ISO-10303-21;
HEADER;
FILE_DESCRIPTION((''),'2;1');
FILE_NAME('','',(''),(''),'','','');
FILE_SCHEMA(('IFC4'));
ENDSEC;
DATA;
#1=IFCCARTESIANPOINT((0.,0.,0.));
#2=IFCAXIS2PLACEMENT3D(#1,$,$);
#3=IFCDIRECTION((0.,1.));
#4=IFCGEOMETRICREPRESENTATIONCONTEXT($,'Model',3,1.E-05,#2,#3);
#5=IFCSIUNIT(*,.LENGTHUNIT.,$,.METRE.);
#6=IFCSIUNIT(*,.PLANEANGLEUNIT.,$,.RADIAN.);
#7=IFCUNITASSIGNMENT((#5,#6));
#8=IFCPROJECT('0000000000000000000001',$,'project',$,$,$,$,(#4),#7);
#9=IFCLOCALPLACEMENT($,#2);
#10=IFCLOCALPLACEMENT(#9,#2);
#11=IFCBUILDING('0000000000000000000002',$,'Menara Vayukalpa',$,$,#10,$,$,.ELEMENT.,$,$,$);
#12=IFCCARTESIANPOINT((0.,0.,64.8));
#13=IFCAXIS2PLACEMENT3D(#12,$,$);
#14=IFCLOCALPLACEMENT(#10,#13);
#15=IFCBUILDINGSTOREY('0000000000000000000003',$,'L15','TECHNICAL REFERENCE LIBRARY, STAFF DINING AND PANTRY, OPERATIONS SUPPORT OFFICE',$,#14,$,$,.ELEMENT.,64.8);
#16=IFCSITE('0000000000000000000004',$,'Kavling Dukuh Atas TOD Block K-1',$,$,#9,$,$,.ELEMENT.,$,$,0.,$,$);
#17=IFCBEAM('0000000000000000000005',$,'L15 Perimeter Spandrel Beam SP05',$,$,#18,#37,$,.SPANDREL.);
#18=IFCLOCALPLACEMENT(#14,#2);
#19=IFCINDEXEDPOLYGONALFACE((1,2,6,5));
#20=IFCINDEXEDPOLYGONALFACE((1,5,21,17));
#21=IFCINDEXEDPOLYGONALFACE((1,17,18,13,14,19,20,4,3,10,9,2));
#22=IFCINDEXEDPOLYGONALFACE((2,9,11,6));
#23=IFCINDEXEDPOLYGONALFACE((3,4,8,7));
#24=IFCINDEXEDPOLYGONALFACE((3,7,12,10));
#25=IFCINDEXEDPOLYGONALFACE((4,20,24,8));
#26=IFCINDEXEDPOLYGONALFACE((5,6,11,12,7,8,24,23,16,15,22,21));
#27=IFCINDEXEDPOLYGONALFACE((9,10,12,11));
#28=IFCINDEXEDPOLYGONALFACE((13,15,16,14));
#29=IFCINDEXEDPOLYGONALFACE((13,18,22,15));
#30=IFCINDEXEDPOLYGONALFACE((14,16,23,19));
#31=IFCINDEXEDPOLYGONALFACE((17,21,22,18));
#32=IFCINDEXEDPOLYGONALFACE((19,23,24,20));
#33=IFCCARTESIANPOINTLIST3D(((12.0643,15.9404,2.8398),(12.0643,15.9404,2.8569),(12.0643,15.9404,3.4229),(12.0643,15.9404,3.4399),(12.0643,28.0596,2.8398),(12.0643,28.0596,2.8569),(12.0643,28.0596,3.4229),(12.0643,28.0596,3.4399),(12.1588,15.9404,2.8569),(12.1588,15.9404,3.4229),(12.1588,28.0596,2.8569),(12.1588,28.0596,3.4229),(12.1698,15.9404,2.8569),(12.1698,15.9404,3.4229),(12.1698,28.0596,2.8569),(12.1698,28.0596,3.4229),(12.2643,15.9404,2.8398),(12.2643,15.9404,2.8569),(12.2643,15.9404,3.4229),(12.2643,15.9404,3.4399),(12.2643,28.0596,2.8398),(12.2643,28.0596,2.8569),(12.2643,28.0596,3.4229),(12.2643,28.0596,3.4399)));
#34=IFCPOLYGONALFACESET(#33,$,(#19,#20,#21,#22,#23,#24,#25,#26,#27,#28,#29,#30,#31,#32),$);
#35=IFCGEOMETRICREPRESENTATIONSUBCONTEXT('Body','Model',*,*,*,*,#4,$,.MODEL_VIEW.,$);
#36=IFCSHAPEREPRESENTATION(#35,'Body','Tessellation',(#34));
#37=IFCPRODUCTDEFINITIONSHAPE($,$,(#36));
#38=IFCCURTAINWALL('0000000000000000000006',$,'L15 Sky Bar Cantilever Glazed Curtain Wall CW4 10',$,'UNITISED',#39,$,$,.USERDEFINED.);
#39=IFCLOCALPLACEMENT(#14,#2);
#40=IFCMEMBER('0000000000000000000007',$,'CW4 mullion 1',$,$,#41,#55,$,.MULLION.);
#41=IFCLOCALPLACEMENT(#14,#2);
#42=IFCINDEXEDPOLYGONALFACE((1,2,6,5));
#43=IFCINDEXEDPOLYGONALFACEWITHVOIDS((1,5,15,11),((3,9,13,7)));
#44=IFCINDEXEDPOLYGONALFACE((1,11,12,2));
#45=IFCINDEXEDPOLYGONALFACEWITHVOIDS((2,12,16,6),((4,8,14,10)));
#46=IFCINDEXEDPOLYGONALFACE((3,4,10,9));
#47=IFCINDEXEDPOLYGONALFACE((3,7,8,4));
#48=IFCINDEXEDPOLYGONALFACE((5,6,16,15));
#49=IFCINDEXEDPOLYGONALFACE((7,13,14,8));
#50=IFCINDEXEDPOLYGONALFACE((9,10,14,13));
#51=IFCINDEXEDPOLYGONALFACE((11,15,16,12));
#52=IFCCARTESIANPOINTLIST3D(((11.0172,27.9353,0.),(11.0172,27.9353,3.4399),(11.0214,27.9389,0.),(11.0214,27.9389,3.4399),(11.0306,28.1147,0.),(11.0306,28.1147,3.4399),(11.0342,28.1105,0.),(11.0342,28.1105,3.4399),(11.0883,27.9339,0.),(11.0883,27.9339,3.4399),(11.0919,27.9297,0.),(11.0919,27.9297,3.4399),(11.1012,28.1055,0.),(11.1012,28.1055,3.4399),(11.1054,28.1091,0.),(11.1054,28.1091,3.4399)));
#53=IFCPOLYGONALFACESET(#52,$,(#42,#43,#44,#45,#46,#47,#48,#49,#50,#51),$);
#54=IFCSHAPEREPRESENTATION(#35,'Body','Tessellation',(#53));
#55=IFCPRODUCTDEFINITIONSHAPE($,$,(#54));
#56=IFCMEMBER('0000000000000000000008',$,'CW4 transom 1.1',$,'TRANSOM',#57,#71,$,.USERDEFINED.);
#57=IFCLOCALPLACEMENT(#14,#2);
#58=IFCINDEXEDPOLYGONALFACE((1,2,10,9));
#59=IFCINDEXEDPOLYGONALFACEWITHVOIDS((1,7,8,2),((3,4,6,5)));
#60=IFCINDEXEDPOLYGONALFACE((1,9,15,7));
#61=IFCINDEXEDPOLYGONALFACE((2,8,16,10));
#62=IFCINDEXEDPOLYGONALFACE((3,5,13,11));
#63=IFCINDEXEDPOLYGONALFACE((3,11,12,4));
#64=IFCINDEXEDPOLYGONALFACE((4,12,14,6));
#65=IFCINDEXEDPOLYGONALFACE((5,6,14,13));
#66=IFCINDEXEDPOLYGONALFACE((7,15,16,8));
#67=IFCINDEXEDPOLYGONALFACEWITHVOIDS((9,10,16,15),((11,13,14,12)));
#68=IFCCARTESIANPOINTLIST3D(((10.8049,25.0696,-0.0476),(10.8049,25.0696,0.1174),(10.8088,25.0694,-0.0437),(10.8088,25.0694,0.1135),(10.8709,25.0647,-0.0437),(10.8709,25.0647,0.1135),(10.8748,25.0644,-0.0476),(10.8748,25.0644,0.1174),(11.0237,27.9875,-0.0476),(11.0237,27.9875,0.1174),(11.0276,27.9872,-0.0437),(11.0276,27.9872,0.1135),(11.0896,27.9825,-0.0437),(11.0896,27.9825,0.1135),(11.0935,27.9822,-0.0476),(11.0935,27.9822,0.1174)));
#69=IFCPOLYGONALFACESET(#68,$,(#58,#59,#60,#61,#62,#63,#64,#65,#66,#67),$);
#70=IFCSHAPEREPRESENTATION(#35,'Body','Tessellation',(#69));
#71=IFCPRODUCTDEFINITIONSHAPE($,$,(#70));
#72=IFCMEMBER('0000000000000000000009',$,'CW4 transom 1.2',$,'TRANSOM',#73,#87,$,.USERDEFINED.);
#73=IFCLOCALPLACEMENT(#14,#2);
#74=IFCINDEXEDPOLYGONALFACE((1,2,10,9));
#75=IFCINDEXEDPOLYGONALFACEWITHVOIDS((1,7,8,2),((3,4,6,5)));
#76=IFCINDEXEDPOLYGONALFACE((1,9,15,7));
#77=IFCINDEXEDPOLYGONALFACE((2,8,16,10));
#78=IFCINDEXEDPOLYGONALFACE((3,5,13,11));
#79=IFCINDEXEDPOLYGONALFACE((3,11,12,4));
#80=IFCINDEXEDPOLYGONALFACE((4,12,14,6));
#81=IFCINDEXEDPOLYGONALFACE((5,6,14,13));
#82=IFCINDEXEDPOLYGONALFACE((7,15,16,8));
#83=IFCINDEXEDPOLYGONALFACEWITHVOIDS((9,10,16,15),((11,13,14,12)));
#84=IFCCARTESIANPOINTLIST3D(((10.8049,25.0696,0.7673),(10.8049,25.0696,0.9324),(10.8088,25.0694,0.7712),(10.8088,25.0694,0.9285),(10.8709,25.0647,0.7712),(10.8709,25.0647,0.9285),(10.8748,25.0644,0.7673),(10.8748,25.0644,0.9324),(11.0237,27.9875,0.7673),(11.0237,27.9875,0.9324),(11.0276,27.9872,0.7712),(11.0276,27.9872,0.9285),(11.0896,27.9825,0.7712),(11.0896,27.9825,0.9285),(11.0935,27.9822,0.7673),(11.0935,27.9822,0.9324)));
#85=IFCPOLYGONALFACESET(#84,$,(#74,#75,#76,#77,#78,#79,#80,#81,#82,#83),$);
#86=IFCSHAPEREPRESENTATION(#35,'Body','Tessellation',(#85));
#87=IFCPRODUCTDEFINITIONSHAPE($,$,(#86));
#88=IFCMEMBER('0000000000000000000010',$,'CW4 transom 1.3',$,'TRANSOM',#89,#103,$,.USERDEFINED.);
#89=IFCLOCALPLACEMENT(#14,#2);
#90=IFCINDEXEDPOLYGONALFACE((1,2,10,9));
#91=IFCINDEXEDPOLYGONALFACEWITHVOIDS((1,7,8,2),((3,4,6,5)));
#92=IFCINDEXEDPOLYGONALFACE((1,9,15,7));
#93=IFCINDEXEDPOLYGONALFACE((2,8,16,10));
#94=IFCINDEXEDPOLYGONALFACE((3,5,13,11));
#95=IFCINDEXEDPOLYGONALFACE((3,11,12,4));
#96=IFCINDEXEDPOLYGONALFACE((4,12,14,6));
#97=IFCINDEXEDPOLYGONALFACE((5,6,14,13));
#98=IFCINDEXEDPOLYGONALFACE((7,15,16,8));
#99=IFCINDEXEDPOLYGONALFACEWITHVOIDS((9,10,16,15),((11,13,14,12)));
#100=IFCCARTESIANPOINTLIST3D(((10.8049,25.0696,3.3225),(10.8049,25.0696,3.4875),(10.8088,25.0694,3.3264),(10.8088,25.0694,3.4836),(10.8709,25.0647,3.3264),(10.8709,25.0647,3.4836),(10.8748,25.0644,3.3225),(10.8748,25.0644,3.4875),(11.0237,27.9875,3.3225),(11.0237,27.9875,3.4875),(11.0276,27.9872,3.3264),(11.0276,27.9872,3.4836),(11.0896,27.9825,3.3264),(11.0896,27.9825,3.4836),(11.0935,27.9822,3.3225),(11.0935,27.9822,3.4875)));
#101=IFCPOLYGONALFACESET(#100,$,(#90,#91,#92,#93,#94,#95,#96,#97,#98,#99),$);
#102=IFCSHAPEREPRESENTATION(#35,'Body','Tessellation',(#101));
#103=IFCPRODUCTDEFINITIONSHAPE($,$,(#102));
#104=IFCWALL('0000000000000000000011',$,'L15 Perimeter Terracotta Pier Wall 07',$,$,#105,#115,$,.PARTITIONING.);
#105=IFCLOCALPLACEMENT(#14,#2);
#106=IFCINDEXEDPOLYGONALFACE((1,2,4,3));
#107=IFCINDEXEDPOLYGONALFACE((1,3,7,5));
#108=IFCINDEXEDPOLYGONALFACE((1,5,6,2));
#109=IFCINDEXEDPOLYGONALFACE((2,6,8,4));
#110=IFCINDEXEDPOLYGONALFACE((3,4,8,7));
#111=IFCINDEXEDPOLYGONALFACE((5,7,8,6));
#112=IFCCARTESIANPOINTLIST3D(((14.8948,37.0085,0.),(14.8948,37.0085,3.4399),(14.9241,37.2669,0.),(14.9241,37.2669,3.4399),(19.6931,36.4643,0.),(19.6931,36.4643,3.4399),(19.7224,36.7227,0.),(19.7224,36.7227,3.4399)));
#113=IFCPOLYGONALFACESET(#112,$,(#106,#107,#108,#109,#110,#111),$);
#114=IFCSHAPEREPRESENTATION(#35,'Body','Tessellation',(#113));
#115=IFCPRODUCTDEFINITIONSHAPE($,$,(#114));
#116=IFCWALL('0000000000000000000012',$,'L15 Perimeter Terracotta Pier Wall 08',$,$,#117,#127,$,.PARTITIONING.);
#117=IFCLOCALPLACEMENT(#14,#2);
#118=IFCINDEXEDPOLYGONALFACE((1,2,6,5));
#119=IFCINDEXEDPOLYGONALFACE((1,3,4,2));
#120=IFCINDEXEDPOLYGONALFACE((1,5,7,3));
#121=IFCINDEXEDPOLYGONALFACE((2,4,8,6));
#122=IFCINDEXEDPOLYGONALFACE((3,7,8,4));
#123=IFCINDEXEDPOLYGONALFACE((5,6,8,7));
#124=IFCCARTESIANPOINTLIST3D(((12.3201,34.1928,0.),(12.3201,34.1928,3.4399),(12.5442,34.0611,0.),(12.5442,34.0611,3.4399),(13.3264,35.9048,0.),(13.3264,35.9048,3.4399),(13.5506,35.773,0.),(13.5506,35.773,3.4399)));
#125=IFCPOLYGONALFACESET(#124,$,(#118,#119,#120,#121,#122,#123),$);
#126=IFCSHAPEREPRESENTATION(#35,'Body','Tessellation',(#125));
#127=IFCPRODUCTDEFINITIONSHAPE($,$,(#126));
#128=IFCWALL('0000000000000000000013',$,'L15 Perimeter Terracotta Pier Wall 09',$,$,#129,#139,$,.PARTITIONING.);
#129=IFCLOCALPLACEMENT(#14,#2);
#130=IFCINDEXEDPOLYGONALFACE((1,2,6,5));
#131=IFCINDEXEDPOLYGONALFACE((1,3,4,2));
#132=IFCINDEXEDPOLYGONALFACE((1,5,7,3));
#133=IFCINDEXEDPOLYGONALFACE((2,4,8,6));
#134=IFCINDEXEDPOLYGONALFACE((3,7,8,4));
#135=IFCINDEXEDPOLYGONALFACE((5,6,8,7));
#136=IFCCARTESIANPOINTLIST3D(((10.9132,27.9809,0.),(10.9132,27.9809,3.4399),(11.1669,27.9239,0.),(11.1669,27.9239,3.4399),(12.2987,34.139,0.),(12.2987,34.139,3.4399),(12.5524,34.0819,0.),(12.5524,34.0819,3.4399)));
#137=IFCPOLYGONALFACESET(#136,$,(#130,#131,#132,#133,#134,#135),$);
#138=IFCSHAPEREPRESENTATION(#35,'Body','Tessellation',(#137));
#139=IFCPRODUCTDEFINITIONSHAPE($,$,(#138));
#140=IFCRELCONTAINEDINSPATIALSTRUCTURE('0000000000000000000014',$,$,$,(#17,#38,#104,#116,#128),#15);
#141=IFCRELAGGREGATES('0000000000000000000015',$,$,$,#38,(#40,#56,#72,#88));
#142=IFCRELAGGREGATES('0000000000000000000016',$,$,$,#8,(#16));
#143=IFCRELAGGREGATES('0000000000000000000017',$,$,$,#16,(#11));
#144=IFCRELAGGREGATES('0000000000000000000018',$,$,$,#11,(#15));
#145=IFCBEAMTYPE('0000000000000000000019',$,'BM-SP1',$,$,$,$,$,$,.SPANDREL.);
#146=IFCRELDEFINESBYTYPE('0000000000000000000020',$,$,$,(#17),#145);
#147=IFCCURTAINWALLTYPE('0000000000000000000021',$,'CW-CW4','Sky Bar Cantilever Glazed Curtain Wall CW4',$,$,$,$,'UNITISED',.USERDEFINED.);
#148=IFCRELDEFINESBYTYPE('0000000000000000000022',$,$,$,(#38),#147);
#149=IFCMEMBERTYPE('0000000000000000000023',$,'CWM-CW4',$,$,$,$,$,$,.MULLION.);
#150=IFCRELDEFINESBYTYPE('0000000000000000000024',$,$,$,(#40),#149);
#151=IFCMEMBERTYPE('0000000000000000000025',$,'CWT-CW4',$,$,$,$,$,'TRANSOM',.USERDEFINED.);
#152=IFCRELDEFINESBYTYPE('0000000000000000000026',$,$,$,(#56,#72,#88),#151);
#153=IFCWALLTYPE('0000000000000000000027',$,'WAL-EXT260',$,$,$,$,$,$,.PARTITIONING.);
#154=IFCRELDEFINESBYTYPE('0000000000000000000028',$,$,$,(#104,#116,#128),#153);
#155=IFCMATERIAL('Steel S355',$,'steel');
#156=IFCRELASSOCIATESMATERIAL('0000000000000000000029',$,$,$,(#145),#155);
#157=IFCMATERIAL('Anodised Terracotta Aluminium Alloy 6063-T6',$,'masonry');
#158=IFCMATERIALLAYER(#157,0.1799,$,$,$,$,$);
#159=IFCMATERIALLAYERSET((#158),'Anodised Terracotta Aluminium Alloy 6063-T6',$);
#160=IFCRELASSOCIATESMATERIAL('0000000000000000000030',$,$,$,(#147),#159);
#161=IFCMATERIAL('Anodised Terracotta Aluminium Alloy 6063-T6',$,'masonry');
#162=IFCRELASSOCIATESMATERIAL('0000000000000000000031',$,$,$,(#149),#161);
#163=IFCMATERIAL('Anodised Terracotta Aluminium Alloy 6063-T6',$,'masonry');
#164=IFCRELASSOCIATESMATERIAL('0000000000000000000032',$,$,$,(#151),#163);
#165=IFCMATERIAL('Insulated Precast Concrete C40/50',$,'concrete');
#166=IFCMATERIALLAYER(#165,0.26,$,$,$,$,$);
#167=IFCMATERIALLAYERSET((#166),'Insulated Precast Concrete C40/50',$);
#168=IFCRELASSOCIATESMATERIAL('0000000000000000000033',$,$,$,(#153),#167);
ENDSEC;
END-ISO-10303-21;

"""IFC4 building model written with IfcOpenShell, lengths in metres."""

from ifc_helpers import new_model, si_unit, direction, frame, frame_2d, origin, origin_2d, place, context, subcontext, project, spatial, rectangle, hollow_rectangle, i_section, extrude, material, layer, layer_set, material_profile, profile_set, type_object, element, aggregate, save


model = new_model("IFC4")

# Units and contexts
model_context = context("Model", 3, precision=1e-05, world=origin(), true_north=direction((0.0, 1.0)))
body_context = subcontext(model_context, "Body", "Model", "MODEL_VIEW")
ifc_project = project(units=[si_unit("LENGTHUNIT", "METRE"), si_unit("PLANEANGLEUNIT", "RADIAN")], contexts=[model_context])

# Site, building, storey
site_placement = place(None, origin())
site = spatial("IfcSite", under=ifc_project, at=site_placement, Name="Kavling Dukuh Atas TOD Block K-1", CompositionType="ELEMENT", RefElevation=0.0)
building_placement = place(site_placement, origin())
building = spatial("IfcBuilding", under=site, at=building_placement, Name="Menara Vayukalpa", CompositionType="ELEMENT")
storey_placement = place(building_placement, frame((0.0, 0.0, 64.8)))
storey = spatial("IfcBuildingStorey", under=building, at=storey_placement, Name="L15", Description="TECHNICAL REFERENCE LIBRARY, STAFF DINING AND PANTRY, OPERATIONS SUPPORT OFFICE", CompositionType="ELEMENT", Elevation=64.8)

# Beam
ifc_material_1 = material(Name="Steel S355", Category="steel")
ifc_material_profile_1 = material_profile(ifc_material_1, i_section(OverallWidth=0.2, OverallDepth=0.6001, WebThickness=0.011, FlangeThickness=0.0171, at=origin_2d()), Name="WF 600x200x11x17")
ifc_profile_set_1 = profile_set([ifc_material_profile_1], Name="Steel S355")
beam_type_1 = type_object("IfcBeamType", Name="BM-SP1", PredefinedType="SPANDREL", material=ifc_profile_set_1)
beam_1_placement = place(storey_placement, frame((12.1643, 28.0596, 3.1399), z_axis=(0.0, -1.0, 0.0), x_axis=(1.0, 0.0, 0.0)))
element("IfcBeam", 1, at=beam_1_placement, inside=storey, type_object=beam_type_1, Name="L15 Perimeter Spandrel Beam SP05", PredefinedType="SPANDREL", context=body_context, shape_type="SweptSolid", body=[
    extrude(i_section(OverallWidth=0.2, OverallDepth=0.6001, WebThickness=0.011, FlangeThickness=0.0171, at=origin_2d()), origin(), (0.0, 0.0, 1.0), 12.1191),
])

# Curtain wall, members
ifc_material_2 = material(Name="Anodised Terracotta Aluminium Alloy 6063-T6", Category="masonry")
ifc_layer_1 = layer(ifc_material_2, 0.1799)
ifc_layer_set_1 = layer_set([ifc_layer_1], Name="Anodised Terracotta Aluminium Alloy 6063-T6")
curtain_wall_type = type_object("IfcCurtainWallType", Name="CW-CW4", Description="Sky Bar Cantilever Glazed Curtain Wall CW4", ElementType="UNITISED", PredefinedType="USERDEFINED", material=ifc_layer_set_1)
curtain_wall_placement = place(storey_placement, origin())
curtain_wall = element("IfcCurtainWall", 2, at=curtain_wall_placement, inside=storey, type_object=curtain_wall_type, Name="L15 Sky Bar Cantilever Glazed Curtain Wall CW4 10", ObjectType="UNITISED", PredefinedType="USERDEFINED")
ifc_material_3 = material(Name="Anodised Terracotta Aluminium Alloy 6063-T6", Category="masonry")
ifc_material_profile_2 = material_profile(ifc_material_3, hollow_rectangle(XDim=0.075, YDim=0.1799, WallThickness=0.0039, at=origin_2d()), Name="ALU 75x180x4")
ifc_profile_set_2 = profile_set([ifc_material_profile_2], Name="Anodised Terracotta Aluminium Alloy 6063-T6")
member_type_1 = type_object("IfcMemberType", Name="CWM-CW4", PredefinedType="MULLION", material=ifc_profile_set_2)
member_1_placement = place(storey_placement, frame((11.0613, 28.0222, 0.0), z_axis=(0.0, 0.0, 1.0), x_axis=(0.997199, -0.074795, 0.0)))
member_1 = element("IfcMember", 3, at=member_1_placement, type_object=member_type_1, Name="CW4 mullion 1", PredefinedType="MULLION", context=body_context, shape_type="SweptSolid", body=[
    extrude(hollow_rectangle(XDim=0.075, YDim=0.1799, WallThickness=0.0039, at=origin_2d()), origin(), (0.0, 0.0, 1.0), 3.4399),
])
ifc_material_4 = material(Name="Anodised Terracotta Aluminium Alloy 6063-T6", Category="masonry")
ifc_material_profile_3 = material_profile(ifc_material_4, hollow_rectangle(XDim=0.0701, YDim=0.165, WallThickness=0.0039, at=origin_2d()), Name="ALU 70x165x4")
ifc_profile_set_3 = profile_set([ifc_material_profile_3], Name="Anodised Terracotta Aluminium Alloy 6063-T6")
member_type_2 = type_object("IfcMemberType", Name="CWT-CW4", ElementType="TRANSOM", PredefinedType="USERDEFINED", material=ifc_profile_set_3)
member_2_placement = place(storey_placement, frame((11.0586, 27.9849, 0.0349), z_axis=(-0.074763, -0.997201, 0.0), x_axis=(0.997201, -0.074763, 0.0)))
member_2 = element("IfcMember", 4, at=member_2_placement, type_object=member_type_2, Name="CW4 transom 1.1", ObjectType="TRANSOM", PredefinedType="USERDEFINED", context=body_context, shape_type="SweptSolid", body=[
    extrude(hollow_rectangle(XDim=0.0701, YDim=0.165, WallThickness=0.0039, at=origin_2d()), origin(), (0.0, 0.0, 1.0), 2.926),
])
member_3_placement = place(storey_placement, frame((11.0586, 27.9849, 0.8499), z_axis=(-0.074763, -0.997201, 0.0), x_axis=(0.997201, -0.074763, 0.0)))
member_3 = element("IfcMember", 5, at=member_3_placement, type_object=member_type_2, Name="CW4 transom 1.2", ObjectType="TRANSOM", PredefinedType="USERDEFINED", context=body_context, shape_type="SweptSolid", body=[
    extrude(hollow_rectangle(XDim=0.0701, YDim=0.165, WallThickness=0.0039, at=origin_2d()), origin(), (0.0, 0.0, 1.0), 2.926),
])
member_4_placement = place(storey_placement, frame((11.0586, 27.9849, 3.405), z_axis=(-0.074763, -0.997201, 0.0), x_axis=(0.997201, -0.074763, 0.0)))
member_4 = element("IfcMember", 6, at=member_4_placement, type_object=member_type_2, Name="CW4 transom 1.3", ObjectType="TRANSOM", PredefinedType="USERDEFINED", context=body_context, shape_type="SweptSolid", body=[
    extrude(hollow_rectangle(XDim=0.0701, YDim=0.165, WallThickness=0.0039, at=origin_2d()), origin(), (0.0, 0.0, 1.0), 2.926),
])
aggregate(curtain_wall, [member_1, member_2, member_3, member_4])

# Walls
ifc_material_5 = material(Name="Insulated Precast Concrete C40/50", Category="concrete")
ifc_layer_2 = layer(ifc_material_5, 0.26)
ifc_layer_set_2 = layer_set([ifc_layer_2], Name="Insulated Precast Concrete C40/50")
wall_type = type_object("IfcWallType", Name="WAL-EXT260", PredefinedType="PARTITIONING", material=ifc_layer_set_2)
wall_1_placement = place(storey_placement, frame((14.9094, 37.1377, 0.0), z_axis=(0.0, 0.0, 1.0), x_axis=(0.99363, -0.11269, 0.0)))
element("IfcWall", 7, at=wall_1_placement, inside=storey, type_object=wall_type, Name="L15 Perimeter Terracotta Pier Wall 07", PredefinedType="PARTITIONING", context=body_context, shape_type="SweptSolid", body=[
    extrude(rectangle(XDim=4.8291, YDim=0.26, at=frame_2d((2.4146, 0.0))), origin(), (0.0, 0.0, 1.0), 3.4399),
])
wall_2_placement = place(storey_placement, frame((12.4321, 34.127, 0.0), z_axis=(0.0, 0.0, 1.0), x_axis=(0.506773, 0.86208, 0.0)))
element("IfcWall", 8, at=wall_2_placement, inside=storey, type_object=wall_type, Name="L15 Perimeter Terracotta Pier Wall 08", PredefinedType="PARTITIONING", context=body_context, shape_type="SweptSolid", body=[
    extrude(rectangle(XDim=1.9858, YDim=0.26, at=frame_2d((0.9929, 0.0))), origin(), (0.0, 0.0, 1.0), 3.4399),
])
wall_3_placement = place(storey_placement, frame((11.04, 27.9524, 0.0), z_axis=(0.0, 0.0, 1.0), x_axis=(0.219506, 0.975611, 0.0)))
element("IfcWall", 9, at=wall_3_placement, inside=storey, type_object=wall_type, Name="L15 Perimeter Terracotta Pier Wall 09", PredefinedType="PARTITIONING", context=body_context, shape_type="SweptSolid", body=[
    extrude(rectangle(XDim=6.312, YDim=0.26, at=frame_2d((3.156, 0.0))), origin(), (0.0, 0.0, 1.0), 3.4399),
])

save(model, "model.ifc")
